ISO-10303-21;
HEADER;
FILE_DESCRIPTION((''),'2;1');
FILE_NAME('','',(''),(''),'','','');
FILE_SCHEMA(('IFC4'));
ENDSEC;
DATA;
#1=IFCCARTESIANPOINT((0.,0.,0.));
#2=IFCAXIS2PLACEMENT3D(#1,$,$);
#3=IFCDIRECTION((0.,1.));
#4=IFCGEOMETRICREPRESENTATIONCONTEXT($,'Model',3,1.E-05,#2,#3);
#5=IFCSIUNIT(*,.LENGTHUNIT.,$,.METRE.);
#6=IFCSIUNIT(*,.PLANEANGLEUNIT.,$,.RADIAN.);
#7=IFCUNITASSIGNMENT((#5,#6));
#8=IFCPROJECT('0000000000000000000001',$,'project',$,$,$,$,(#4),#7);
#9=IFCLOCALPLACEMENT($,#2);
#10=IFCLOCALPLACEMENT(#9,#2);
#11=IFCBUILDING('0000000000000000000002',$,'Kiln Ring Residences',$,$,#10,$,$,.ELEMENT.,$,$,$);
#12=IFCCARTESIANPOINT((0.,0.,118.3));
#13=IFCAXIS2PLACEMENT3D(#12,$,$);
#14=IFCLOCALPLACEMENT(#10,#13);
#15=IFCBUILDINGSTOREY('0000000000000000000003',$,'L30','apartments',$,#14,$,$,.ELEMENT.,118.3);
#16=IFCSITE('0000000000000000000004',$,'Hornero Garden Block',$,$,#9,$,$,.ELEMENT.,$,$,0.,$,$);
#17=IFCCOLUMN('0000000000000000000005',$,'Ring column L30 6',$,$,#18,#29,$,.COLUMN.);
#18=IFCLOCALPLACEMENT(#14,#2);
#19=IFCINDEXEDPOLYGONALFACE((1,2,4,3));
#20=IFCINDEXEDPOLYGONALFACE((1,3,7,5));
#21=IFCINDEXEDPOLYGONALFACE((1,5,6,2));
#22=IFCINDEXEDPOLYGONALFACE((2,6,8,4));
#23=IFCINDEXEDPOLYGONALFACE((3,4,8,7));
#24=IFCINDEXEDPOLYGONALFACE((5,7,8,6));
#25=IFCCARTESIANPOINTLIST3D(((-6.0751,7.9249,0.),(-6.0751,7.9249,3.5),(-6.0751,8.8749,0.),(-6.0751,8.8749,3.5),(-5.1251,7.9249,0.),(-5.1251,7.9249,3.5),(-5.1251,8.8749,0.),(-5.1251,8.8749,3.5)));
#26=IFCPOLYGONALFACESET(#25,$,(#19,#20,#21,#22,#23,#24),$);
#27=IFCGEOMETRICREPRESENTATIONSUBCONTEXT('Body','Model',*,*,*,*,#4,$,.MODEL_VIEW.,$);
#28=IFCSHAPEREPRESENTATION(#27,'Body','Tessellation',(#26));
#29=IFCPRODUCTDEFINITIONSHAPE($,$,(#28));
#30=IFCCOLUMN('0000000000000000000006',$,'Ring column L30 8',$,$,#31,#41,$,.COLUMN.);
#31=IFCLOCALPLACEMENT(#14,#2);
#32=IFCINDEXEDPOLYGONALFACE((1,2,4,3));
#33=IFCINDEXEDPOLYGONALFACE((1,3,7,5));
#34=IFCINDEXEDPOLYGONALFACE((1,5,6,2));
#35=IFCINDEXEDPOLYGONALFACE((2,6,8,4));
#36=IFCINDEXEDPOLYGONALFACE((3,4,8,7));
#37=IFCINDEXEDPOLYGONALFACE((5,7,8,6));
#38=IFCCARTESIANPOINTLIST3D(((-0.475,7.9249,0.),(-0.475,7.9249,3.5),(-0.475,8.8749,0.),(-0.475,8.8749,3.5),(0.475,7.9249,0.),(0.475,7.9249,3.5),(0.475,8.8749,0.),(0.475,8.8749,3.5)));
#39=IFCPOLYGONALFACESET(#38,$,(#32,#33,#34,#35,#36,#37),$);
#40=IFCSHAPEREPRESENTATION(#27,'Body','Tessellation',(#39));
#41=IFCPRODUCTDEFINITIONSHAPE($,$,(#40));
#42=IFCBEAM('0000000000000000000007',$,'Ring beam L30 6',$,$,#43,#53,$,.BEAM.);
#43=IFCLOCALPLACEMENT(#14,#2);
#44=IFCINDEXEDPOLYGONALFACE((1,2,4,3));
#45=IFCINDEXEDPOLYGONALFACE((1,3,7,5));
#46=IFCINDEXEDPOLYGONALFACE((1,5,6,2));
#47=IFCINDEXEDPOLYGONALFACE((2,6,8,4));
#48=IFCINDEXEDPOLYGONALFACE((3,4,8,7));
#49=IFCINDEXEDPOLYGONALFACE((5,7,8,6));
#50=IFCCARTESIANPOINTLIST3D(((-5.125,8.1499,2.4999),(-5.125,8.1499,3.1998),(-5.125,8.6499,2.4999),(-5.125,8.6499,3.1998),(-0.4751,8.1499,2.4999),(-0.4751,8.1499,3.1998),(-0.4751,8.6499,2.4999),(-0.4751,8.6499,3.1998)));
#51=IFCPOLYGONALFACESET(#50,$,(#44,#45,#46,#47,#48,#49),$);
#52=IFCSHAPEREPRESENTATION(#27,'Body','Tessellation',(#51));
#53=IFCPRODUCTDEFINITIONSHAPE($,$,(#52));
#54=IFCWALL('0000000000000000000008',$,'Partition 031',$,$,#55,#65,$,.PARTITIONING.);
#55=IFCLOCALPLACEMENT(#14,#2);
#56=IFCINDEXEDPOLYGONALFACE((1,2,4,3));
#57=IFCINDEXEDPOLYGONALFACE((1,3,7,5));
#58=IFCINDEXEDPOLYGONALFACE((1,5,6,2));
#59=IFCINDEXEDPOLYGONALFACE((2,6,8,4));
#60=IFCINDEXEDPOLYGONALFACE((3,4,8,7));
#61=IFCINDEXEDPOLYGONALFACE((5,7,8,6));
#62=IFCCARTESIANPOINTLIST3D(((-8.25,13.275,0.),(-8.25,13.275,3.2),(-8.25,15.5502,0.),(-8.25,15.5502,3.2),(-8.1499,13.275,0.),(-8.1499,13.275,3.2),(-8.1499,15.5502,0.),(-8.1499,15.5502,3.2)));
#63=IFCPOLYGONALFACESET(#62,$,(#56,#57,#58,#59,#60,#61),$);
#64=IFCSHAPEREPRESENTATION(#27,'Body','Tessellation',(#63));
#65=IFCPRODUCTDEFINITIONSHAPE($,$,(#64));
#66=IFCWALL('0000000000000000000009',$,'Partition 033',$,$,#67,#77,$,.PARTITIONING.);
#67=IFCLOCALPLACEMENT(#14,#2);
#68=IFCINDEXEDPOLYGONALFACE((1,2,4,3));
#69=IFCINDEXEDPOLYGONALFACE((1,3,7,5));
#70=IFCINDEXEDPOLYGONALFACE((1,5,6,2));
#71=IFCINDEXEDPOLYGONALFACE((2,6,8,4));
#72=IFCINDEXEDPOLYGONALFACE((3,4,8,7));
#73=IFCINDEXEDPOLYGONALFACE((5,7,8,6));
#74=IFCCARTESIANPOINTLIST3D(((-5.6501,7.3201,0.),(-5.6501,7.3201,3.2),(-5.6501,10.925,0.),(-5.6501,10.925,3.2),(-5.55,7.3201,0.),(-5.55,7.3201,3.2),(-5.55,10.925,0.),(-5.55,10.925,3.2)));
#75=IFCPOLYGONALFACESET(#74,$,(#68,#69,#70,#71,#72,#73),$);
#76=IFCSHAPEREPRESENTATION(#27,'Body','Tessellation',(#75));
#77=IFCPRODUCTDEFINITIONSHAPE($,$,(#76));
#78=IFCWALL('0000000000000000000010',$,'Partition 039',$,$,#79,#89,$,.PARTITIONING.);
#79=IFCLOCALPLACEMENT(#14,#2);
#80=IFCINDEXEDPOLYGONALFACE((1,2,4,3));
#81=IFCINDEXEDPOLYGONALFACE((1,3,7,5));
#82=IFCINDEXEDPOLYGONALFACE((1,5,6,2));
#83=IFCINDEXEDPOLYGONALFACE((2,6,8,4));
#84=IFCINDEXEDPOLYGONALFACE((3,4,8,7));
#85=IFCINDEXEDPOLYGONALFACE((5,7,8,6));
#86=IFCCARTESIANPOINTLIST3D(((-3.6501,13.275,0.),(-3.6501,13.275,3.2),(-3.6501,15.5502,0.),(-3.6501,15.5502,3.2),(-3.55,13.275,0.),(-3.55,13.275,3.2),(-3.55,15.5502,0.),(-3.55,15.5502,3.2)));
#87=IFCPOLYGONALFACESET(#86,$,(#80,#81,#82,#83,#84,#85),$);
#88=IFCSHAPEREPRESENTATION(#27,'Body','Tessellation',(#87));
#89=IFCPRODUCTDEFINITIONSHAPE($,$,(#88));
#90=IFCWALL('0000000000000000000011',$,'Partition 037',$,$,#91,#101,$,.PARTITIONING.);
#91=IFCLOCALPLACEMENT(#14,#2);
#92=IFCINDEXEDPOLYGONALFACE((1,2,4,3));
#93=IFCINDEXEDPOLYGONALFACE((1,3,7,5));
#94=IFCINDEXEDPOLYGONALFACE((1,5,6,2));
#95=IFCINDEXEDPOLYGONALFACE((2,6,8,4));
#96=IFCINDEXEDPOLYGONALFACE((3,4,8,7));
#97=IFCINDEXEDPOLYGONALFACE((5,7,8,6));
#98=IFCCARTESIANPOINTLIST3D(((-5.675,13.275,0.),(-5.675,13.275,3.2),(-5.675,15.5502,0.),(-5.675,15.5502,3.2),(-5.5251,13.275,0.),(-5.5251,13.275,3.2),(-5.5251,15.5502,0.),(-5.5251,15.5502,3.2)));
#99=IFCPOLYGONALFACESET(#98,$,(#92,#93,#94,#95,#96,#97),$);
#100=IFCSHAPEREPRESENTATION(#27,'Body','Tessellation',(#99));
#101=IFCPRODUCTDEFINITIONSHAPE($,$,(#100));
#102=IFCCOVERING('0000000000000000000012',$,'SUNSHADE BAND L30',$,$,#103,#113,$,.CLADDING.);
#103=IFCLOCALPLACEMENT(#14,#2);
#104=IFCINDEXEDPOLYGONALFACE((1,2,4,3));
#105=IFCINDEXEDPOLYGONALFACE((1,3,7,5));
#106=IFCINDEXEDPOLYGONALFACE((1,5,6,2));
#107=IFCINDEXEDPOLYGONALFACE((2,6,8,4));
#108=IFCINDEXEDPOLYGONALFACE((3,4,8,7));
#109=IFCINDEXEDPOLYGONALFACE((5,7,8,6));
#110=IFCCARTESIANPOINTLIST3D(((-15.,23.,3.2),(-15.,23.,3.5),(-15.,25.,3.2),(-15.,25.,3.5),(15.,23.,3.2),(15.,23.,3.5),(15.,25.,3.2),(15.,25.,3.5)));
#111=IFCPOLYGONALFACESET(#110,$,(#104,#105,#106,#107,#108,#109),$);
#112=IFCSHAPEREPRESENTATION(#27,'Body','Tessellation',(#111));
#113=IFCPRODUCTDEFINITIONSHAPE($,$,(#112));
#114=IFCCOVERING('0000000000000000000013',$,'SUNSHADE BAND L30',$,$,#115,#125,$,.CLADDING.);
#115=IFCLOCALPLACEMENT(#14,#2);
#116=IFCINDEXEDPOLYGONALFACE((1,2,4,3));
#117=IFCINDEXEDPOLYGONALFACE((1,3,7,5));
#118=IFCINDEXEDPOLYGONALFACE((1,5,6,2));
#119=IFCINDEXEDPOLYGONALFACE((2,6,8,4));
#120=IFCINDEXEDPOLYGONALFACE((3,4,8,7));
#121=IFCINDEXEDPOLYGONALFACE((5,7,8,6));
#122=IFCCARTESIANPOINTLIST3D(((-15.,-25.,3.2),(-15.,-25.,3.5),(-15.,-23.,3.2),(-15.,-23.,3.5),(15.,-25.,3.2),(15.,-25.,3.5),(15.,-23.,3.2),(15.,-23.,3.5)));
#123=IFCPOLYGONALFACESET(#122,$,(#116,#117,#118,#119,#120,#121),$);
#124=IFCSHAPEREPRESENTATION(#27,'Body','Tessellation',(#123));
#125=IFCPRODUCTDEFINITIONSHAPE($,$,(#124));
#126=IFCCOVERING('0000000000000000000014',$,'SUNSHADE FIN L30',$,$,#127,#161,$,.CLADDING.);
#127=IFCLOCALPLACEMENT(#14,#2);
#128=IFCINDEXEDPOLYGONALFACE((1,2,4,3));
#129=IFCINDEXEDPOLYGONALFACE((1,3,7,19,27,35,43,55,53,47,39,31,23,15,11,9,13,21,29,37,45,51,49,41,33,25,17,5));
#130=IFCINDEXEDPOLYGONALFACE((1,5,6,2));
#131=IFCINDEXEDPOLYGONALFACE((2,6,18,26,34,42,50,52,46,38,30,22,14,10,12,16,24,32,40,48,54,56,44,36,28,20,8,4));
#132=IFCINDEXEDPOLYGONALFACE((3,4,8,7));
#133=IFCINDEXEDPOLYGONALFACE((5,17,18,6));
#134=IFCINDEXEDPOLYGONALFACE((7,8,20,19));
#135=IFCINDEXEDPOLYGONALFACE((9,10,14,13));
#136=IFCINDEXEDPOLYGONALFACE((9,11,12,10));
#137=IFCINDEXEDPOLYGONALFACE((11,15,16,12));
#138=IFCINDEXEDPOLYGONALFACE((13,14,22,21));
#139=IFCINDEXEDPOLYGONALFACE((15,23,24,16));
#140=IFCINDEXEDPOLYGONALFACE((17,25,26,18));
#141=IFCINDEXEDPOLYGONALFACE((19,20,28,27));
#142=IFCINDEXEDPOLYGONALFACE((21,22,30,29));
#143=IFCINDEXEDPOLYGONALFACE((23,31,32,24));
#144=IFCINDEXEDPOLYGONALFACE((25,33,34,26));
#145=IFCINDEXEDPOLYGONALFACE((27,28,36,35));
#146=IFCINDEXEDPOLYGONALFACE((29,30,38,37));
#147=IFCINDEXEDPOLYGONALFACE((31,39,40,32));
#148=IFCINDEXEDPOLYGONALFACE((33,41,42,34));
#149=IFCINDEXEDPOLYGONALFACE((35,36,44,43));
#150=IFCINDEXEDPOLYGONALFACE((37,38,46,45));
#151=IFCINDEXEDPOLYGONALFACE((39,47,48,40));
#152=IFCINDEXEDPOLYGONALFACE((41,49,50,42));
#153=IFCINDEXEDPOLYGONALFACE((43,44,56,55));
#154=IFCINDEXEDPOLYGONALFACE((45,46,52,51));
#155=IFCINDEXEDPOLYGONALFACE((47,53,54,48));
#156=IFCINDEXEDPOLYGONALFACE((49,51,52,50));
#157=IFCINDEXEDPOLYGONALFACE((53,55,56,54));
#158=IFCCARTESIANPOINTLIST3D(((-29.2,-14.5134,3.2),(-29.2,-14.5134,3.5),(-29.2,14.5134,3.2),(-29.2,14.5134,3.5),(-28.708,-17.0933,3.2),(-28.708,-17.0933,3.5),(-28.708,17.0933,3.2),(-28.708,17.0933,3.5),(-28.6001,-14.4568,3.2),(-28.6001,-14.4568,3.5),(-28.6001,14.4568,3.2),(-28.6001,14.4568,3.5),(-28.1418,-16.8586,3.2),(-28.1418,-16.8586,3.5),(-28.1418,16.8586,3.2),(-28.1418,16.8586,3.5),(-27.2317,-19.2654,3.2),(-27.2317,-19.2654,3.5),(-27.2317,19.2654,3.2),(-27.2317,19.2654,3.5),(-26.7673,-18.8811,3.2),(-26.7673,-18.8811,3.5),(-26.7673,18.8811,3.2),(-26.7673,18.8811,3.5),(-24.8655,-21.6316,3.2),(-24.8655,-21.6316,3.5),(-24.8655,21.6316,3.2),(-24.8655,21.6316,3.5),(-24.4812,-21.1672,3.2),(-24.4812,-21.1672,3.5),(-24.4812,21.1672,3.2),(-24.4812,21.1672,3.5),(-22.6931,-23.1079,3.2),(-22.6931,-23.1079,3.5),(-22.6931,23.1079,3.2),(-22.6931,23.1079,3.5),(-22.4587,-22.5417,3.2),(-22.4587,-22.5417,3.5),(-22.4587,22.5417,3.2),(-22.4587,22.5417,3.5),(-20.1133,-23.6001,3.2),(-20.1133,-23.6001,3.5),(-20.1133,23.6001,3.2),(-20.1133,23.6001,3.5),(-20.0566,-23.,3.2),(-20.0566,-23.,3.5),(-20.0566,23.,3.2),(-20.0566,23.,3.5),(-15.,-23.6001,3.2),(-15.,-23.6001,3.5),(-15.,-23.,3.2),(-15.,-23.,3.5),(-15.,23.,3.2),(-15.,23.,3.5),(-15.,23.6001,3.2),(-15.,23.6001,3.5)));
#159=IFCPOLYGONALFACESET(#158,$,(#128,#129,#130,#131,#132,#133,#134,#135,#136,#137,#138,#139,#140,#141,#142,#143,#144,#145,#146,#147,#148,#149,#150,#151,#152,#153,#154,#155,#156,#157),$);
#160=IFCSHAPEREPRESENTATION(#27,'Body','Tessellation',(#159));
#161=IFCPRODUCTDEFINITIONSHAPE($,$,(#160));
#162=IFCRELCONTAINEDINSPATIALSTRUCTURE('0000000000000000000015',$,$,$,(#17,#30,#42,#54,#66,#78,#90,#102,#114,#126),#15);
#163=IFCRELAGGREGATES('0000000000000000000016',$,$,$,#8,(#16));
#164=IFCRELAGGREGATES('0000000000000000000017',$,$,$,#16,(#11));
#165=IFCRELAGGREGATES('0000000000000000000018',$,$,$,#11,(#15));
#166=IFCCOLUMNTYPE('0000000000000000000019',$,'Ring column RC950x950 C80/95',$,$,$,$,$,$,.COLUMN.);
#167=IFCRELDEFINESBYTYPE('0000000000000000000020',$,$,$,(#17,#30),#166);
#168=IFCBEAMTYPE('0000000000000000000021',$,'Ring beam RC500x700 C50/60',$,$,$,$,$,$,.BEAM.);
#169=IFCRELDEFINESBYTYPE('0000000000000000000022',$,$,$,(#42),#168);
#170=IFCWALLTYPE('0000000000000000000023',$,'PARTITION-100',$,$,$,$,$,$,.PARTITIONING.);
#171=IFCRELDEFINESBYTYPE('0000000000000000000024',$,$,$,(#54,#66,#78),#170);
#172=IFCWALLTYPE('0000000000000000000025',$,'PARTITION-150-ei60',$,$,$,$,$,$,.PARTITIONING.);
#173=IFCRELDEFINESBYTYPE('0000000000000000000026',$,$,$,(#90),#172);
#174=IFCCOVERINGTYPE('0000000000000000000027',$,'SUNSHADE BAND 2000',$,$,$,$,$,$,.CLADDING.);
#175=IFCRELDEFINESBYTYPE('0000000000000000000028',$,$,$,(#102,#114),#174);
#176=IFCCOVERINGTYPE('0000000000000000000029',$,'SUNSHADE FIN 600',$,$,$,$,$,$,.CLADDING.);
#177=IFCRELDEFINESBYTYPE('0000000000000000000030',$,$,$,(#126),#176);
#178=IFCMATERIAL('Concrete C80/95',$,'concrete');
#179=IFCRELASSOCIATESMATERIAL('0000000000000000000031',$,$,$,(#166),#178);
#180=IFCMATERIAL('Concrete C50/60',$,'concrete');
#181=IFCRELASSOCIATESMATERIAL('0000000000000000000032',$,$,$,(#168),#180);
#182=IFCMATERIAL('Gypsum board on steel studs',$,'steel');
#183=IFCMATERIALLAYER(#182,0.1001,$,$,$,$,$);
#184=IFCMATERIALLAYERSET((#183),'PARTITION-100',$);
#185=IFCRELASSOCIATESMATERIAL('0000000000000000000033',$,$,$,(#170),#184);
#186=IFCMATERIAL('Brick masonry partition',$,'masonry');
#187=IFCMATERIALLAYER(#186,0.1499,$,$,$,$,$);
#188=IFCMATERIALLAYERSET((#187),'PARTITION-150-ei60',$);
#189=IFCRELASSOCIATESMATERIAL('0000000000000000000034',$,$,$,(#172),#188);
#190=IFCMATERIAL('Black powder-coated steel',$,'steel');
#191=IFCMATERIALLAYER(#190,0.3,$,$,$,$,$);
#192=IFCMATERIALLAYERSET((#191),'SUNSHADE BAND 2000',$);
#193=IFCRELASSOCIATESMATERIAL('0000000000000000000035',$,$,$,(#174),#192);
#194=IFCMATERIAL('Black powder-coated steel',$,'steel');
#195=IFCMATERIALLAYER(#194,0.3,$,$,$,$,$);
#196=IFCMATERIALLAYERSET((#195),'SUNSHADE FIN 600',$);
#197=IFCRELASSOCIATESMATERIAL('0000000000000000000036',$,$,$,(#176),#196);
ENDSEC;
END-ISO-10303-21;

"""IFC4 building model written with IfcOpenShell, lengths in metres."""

from ifc_helpers import new_model, si_unit, direction, frame, frame_2d, origin, origin_2d, place, context, subcontext, project, spatial, polyline, rectangle, outline, extrude, material, layer, layer_set, material_profile, profile_set, type_object, element, save


model = new_model("IFC4")

# Units and contexts
model_context = context("Model", 3, precision=1e-05, world=origin(), true_north=direction((0.0, 1.0)))
body_context = subcontext(model_context, "Body", "Model", "MODEL_VIEW")
ifc_project = project(units=[si_unit("LENGTHUNIT", "METRE"), si_unit("PLANEANGLEUNIT", "RADIAN")], contexts=[model_context])

# Site, building, storey
site_placement = place(None, origin())
site = spatial("IfcSite", under=ifc_project, at=site_placement, Name="Hornero Garden Block", CompositionType="ELEMENT", RefElevation=0.0)
building_placement = place(site_placement, origin())
building = spatial("IfcBuilding", under=site, at=building_placement, Name="Kiln Ring Residences", CompositionType="ELEMENT")
storey_placement = place(building_placement, frame((0.0, 0.0, 118.3)))
storey = spatial("IfcBuildingStorey", under=building, at=storey_placement, Name="L30", Description="apartments", CompositionType="ELEMENT", Elevation=118.3)

# Columns
ifc_material_1 = material(Name="Concrete C80/95", Category="concrete")
ifc_material_profile_1 = material_profile(ifc_material_1, rectangle(XDim=0.95, YDim=0.95, at=origin_2d()), Name="RC950x950")
ifc_profile_set_1 = profile_set([ifc_material_profile_1], Name="Concrete C80/95")
column_type = type_object("IfcColumnType", Name="Ring column RC950x950 C80/95", PredefinedType="COLUMN", material=ifc_profile_set_1)
for number, where, z_axis, x_axis, name in (
    (1, (-5.6001, 8.3999, 0.0), (0.0, 0.0, 1.0), (1.0, 0.0, 0.0), "Ring column L30 6"),
    (2, (0.0, 8.3999, 0.0), (0.0, 0.0, 1.0), (1.0, 0.0, 0.0), "Ring column L30 8"),
):
    element("IfcColumn", number, at=place(storey_placement, frame(where, z_axis=z_axis, x_axis=x_axis)), inside=storey, type_object=column_type, Name=name, PredefinedType="COLUMN", context=body_context, shape_type="SweptSolid", body=[
        extrude(rectangle(XDim=0.95, YDim=0.95, at=origin_2d()), origin(), (0.0, 0.0, 1.0), 3.5),
    ])

# Beam
ifc_material_2 = material(Name="Concrete C50/60", Category="concrete")
ifc_material_profile_2 = material_profile(ifc_material_2, rectangle(XDim=0.5, YDim=0.7, at=origin_2d()), Name="RC500x700")
ifc_profile_set_2 = profile_set([ifc_material_profile_2], Name="Concrete C50/60")
beam_type = type_object("IfcBeamType", Name="Ring beam RC500x700 C50/60", PredefinedType="BEAM", material=ifc_profile_set_2)
beam_placement = place(storey_placement, frame((-5.125, 8.3999, 2.8499), z_axis=(1.0, 0.0, 0.0), x_axis=(0.0, 1.0, 0.0)))
element("IfcBeam", 3, at=beam_placement, inside=storey, type_object=beam_type, Name="Ring beam L30 6", PredefinedType="BEAM", context=body_context, shape_type="SweptSolid", body=[
    extrude(rectangle(XDim=0.5, YDim=0.7, at=origin_2d()), origin(), (0.0, 0.0, 1.0), 4.6499),
])

# Walls
ifc_material_3 = material(Name="Gypsum board on steel studs", Category="steel")
ifc_layer_1 = layer(ifc_material_3, 0.1001)
ifc_layer_set_1 = layer_set([ifc_layer_1], Name="PARTITION-100")
wall_type_1 = type_object("IfcWallType", Name="PARTITION-100", PredefinedType="PARTITIONING", material=ifc_layer_set_1)
wall_1_placement = place(storey_placement, frame((-8.2, 13.2749, 0.0), z_axis=(0.0, 0.0, 1.0), x_axis=(0.0, 1.0, 0.0)))
element("IfcWall", 4, at=wall_1_placement, inside=storey, type_object=wall_type_1, Name="Partition 031", PredefinedType="PARTITIONING", context=body_context, shape_type="SweptSolid", body=[
    extrude(rectangle(XDim=2.2751, YDim=0.1001, at=frame_2d((1.1377, 0.0))), origin(), (0.0, 0.0, 1.0), 3.2),
])
wall_2_placement = place(storey_placement, frame((-5.6001, 7.3201, 0.0), z_axis=(0.0, 0.0, 1.0), x_axis=(0.0, 1.0, 0.0)))
element("IfcWall", 5, at=wall_2_placement, inside=storey, type_object=wall_type_1, Name="Partition 033", PredefinedType="PARTITIONING", context=body_context, shape_type="SweptSolid", body=[
    extrude(rectangle(XDim=3.605, YDim=0.1001, at=frame_2d((1.8025, 0.0))), origin(), (0.0, 0.0, 1.0), 3.2),
])
wall_3_placement = place(storey_placement, frame((-3.6001, 13.2749, 0.0), z_axis=(0.0, 0.0, 1.0), x_axis=(0.0, 1.0, 0.0)))
element("IfcWall", 6, at=wall_3_placement, inside=storey, type_object=wall_type_1, Name="Partition 039", PredefinedType="PARTITIONING", context=body_context, shape_type="SweptSolid", body=[
    extrude(rectangle(XDim=2.2751, YDim=0.1001, at=frame_2d((1.1377, 0.0))), origin(), (0.0, 0.0, 1.0), 3.2),
])
ifc_material_4 = material(Name="Brick masonry partition", Category="masonry")
ifc_layer_2 = layer(ifc_material_4, 0.1499)
ifc_layer_set_2 = layer_set([ifc_layer_2], Name="PARTITION-150-ei60")
wall_type_2 = type_object("IfcWallType", Name="PARTITION-150-ei60", PredefinedType="PARTITIONING", material=ifc_layer_set_2)
wall_4_placement = place(storey_placement, frame((-5.6001, 13.2749, 0.0), z_axis=(0.0, 0.0, 1.0), x_axis=(0.0, 1.0, 0.0)))
element("IfcWall", 7, at=wall_4_placement, inside=storey, type_object=wall_type_2, Name="Partition 037", PredefinedType="PARTITIONING", context=body_context, shape_type="SweptSolid", body=[
    extrude(rectangle(XDim=2.2751, YDim=0.1499, at=frame_2d((1.1377, 0.0))), origin(), (0.0, 0.0, 1.0), 3.2),
])

# Coverings
ifc_material_5 = material(Name="Black powder-coated steel", Category="steel")
ifc_layer_3 = layer(ifc_material_5, 0.3)
ifc_layer_set_3 = layer_set([ifc_layer_3], Name="SUNSHADE BAND 2000")
covering_type_1 = type_object("IfcCoveringType", Name="SUNSHADE BAND 2000", PredefinedType="CLADDING", material=ifc_layer_set_3)
placement = place(storey_placement, frame((0.0, 0.0, 3.2)))
element("IfcCovering", 8, at=placement, inside=storey, type_object=covering_type_1, Name="SUNSHADE BAND L30", PredefinedType="CLADDING", context=body_context, shape_type="SweptSolid", body=[
    extrude(outline(polyline([(15.0, 25.0), (-15.0, 25.0), (-15.0, 23.0), (15.0, 23.0), (15.0, 25.0)])), origin(), (0.0, 0.0, 1.0), 0.3),
])
element("IfcCovering", 9, at=placement, inside=storey, type_object=covering_type_1, Name="SUNSHADE BAND L30", PredefinedType="CLADDING", context=body_context, shape_type="SweptSolid", body=[
    extrude(outline(polyline([(-15.0, -25.0), (15.0, -25.0), (15.0, -23.0), (-15.0, -23.0), (-15.0, -25.0)])), origin(), (0.0, 0.0, 1.0), 0.3),
])
ifc_material_6 = material(Name="Black powder-coated steel", Category="steel")
ifc_layer_4 = layer(ifc_material_6, 0.3)
ifc_layer_set_4 = layer_set([ifc_layer_4], Name="SUNSHADE FIN 600")
covering_type_2 = type_object("IfcCoveringType", Name="SUNSHADE FIN 600", PredefinedType="CLADDING", material=ifc_layer_set_4)
element("IfcCovering", 10, at=placement, inside=storey, type_object=covering_type_2, Name="SUNSHADE FIN L30", PredefinedType="CLADDING", context=body_context, shape_type="SweptSolid", body=[
    extrude(outline(polyline([(-29.2, -14.5134), (-28.708, -17.0933), (-27.2317, -19.2654), (-24.8655, -21.6316), (-22.6931, -23.1079), (-20.1133, -23.6001), (-15.0, -23.6001), (-15.0, -23.0), (-20.0566, -23.0), (-22.4587, -22.5417), (-24.4812, -21.1672), (-26.7673, -18.8811), (-28.1418, -16.8586), (-28.6001, -14.4568), (-28.6001, 14.4568), (-28.1418, 16.8586), (-26.7673, 18.8811), (-24.4812, 21.1672), (-22.4587, 22.5417), (-20.0566, 23.0), (-15.0, 23.0), (-15.0, 23.6001), (-20.1133, 23.6001), (-22.6931, 23.1079), (-24.8655, 21.6316), (-27.2317, 19.2654), (-28.708, 17.0933), (-29.2, 14.5134), (-29.2, -14.5134)])), origin(), (0.0, 0.0, 1.0), 0.3),
])

save(model, "model.ifc")
